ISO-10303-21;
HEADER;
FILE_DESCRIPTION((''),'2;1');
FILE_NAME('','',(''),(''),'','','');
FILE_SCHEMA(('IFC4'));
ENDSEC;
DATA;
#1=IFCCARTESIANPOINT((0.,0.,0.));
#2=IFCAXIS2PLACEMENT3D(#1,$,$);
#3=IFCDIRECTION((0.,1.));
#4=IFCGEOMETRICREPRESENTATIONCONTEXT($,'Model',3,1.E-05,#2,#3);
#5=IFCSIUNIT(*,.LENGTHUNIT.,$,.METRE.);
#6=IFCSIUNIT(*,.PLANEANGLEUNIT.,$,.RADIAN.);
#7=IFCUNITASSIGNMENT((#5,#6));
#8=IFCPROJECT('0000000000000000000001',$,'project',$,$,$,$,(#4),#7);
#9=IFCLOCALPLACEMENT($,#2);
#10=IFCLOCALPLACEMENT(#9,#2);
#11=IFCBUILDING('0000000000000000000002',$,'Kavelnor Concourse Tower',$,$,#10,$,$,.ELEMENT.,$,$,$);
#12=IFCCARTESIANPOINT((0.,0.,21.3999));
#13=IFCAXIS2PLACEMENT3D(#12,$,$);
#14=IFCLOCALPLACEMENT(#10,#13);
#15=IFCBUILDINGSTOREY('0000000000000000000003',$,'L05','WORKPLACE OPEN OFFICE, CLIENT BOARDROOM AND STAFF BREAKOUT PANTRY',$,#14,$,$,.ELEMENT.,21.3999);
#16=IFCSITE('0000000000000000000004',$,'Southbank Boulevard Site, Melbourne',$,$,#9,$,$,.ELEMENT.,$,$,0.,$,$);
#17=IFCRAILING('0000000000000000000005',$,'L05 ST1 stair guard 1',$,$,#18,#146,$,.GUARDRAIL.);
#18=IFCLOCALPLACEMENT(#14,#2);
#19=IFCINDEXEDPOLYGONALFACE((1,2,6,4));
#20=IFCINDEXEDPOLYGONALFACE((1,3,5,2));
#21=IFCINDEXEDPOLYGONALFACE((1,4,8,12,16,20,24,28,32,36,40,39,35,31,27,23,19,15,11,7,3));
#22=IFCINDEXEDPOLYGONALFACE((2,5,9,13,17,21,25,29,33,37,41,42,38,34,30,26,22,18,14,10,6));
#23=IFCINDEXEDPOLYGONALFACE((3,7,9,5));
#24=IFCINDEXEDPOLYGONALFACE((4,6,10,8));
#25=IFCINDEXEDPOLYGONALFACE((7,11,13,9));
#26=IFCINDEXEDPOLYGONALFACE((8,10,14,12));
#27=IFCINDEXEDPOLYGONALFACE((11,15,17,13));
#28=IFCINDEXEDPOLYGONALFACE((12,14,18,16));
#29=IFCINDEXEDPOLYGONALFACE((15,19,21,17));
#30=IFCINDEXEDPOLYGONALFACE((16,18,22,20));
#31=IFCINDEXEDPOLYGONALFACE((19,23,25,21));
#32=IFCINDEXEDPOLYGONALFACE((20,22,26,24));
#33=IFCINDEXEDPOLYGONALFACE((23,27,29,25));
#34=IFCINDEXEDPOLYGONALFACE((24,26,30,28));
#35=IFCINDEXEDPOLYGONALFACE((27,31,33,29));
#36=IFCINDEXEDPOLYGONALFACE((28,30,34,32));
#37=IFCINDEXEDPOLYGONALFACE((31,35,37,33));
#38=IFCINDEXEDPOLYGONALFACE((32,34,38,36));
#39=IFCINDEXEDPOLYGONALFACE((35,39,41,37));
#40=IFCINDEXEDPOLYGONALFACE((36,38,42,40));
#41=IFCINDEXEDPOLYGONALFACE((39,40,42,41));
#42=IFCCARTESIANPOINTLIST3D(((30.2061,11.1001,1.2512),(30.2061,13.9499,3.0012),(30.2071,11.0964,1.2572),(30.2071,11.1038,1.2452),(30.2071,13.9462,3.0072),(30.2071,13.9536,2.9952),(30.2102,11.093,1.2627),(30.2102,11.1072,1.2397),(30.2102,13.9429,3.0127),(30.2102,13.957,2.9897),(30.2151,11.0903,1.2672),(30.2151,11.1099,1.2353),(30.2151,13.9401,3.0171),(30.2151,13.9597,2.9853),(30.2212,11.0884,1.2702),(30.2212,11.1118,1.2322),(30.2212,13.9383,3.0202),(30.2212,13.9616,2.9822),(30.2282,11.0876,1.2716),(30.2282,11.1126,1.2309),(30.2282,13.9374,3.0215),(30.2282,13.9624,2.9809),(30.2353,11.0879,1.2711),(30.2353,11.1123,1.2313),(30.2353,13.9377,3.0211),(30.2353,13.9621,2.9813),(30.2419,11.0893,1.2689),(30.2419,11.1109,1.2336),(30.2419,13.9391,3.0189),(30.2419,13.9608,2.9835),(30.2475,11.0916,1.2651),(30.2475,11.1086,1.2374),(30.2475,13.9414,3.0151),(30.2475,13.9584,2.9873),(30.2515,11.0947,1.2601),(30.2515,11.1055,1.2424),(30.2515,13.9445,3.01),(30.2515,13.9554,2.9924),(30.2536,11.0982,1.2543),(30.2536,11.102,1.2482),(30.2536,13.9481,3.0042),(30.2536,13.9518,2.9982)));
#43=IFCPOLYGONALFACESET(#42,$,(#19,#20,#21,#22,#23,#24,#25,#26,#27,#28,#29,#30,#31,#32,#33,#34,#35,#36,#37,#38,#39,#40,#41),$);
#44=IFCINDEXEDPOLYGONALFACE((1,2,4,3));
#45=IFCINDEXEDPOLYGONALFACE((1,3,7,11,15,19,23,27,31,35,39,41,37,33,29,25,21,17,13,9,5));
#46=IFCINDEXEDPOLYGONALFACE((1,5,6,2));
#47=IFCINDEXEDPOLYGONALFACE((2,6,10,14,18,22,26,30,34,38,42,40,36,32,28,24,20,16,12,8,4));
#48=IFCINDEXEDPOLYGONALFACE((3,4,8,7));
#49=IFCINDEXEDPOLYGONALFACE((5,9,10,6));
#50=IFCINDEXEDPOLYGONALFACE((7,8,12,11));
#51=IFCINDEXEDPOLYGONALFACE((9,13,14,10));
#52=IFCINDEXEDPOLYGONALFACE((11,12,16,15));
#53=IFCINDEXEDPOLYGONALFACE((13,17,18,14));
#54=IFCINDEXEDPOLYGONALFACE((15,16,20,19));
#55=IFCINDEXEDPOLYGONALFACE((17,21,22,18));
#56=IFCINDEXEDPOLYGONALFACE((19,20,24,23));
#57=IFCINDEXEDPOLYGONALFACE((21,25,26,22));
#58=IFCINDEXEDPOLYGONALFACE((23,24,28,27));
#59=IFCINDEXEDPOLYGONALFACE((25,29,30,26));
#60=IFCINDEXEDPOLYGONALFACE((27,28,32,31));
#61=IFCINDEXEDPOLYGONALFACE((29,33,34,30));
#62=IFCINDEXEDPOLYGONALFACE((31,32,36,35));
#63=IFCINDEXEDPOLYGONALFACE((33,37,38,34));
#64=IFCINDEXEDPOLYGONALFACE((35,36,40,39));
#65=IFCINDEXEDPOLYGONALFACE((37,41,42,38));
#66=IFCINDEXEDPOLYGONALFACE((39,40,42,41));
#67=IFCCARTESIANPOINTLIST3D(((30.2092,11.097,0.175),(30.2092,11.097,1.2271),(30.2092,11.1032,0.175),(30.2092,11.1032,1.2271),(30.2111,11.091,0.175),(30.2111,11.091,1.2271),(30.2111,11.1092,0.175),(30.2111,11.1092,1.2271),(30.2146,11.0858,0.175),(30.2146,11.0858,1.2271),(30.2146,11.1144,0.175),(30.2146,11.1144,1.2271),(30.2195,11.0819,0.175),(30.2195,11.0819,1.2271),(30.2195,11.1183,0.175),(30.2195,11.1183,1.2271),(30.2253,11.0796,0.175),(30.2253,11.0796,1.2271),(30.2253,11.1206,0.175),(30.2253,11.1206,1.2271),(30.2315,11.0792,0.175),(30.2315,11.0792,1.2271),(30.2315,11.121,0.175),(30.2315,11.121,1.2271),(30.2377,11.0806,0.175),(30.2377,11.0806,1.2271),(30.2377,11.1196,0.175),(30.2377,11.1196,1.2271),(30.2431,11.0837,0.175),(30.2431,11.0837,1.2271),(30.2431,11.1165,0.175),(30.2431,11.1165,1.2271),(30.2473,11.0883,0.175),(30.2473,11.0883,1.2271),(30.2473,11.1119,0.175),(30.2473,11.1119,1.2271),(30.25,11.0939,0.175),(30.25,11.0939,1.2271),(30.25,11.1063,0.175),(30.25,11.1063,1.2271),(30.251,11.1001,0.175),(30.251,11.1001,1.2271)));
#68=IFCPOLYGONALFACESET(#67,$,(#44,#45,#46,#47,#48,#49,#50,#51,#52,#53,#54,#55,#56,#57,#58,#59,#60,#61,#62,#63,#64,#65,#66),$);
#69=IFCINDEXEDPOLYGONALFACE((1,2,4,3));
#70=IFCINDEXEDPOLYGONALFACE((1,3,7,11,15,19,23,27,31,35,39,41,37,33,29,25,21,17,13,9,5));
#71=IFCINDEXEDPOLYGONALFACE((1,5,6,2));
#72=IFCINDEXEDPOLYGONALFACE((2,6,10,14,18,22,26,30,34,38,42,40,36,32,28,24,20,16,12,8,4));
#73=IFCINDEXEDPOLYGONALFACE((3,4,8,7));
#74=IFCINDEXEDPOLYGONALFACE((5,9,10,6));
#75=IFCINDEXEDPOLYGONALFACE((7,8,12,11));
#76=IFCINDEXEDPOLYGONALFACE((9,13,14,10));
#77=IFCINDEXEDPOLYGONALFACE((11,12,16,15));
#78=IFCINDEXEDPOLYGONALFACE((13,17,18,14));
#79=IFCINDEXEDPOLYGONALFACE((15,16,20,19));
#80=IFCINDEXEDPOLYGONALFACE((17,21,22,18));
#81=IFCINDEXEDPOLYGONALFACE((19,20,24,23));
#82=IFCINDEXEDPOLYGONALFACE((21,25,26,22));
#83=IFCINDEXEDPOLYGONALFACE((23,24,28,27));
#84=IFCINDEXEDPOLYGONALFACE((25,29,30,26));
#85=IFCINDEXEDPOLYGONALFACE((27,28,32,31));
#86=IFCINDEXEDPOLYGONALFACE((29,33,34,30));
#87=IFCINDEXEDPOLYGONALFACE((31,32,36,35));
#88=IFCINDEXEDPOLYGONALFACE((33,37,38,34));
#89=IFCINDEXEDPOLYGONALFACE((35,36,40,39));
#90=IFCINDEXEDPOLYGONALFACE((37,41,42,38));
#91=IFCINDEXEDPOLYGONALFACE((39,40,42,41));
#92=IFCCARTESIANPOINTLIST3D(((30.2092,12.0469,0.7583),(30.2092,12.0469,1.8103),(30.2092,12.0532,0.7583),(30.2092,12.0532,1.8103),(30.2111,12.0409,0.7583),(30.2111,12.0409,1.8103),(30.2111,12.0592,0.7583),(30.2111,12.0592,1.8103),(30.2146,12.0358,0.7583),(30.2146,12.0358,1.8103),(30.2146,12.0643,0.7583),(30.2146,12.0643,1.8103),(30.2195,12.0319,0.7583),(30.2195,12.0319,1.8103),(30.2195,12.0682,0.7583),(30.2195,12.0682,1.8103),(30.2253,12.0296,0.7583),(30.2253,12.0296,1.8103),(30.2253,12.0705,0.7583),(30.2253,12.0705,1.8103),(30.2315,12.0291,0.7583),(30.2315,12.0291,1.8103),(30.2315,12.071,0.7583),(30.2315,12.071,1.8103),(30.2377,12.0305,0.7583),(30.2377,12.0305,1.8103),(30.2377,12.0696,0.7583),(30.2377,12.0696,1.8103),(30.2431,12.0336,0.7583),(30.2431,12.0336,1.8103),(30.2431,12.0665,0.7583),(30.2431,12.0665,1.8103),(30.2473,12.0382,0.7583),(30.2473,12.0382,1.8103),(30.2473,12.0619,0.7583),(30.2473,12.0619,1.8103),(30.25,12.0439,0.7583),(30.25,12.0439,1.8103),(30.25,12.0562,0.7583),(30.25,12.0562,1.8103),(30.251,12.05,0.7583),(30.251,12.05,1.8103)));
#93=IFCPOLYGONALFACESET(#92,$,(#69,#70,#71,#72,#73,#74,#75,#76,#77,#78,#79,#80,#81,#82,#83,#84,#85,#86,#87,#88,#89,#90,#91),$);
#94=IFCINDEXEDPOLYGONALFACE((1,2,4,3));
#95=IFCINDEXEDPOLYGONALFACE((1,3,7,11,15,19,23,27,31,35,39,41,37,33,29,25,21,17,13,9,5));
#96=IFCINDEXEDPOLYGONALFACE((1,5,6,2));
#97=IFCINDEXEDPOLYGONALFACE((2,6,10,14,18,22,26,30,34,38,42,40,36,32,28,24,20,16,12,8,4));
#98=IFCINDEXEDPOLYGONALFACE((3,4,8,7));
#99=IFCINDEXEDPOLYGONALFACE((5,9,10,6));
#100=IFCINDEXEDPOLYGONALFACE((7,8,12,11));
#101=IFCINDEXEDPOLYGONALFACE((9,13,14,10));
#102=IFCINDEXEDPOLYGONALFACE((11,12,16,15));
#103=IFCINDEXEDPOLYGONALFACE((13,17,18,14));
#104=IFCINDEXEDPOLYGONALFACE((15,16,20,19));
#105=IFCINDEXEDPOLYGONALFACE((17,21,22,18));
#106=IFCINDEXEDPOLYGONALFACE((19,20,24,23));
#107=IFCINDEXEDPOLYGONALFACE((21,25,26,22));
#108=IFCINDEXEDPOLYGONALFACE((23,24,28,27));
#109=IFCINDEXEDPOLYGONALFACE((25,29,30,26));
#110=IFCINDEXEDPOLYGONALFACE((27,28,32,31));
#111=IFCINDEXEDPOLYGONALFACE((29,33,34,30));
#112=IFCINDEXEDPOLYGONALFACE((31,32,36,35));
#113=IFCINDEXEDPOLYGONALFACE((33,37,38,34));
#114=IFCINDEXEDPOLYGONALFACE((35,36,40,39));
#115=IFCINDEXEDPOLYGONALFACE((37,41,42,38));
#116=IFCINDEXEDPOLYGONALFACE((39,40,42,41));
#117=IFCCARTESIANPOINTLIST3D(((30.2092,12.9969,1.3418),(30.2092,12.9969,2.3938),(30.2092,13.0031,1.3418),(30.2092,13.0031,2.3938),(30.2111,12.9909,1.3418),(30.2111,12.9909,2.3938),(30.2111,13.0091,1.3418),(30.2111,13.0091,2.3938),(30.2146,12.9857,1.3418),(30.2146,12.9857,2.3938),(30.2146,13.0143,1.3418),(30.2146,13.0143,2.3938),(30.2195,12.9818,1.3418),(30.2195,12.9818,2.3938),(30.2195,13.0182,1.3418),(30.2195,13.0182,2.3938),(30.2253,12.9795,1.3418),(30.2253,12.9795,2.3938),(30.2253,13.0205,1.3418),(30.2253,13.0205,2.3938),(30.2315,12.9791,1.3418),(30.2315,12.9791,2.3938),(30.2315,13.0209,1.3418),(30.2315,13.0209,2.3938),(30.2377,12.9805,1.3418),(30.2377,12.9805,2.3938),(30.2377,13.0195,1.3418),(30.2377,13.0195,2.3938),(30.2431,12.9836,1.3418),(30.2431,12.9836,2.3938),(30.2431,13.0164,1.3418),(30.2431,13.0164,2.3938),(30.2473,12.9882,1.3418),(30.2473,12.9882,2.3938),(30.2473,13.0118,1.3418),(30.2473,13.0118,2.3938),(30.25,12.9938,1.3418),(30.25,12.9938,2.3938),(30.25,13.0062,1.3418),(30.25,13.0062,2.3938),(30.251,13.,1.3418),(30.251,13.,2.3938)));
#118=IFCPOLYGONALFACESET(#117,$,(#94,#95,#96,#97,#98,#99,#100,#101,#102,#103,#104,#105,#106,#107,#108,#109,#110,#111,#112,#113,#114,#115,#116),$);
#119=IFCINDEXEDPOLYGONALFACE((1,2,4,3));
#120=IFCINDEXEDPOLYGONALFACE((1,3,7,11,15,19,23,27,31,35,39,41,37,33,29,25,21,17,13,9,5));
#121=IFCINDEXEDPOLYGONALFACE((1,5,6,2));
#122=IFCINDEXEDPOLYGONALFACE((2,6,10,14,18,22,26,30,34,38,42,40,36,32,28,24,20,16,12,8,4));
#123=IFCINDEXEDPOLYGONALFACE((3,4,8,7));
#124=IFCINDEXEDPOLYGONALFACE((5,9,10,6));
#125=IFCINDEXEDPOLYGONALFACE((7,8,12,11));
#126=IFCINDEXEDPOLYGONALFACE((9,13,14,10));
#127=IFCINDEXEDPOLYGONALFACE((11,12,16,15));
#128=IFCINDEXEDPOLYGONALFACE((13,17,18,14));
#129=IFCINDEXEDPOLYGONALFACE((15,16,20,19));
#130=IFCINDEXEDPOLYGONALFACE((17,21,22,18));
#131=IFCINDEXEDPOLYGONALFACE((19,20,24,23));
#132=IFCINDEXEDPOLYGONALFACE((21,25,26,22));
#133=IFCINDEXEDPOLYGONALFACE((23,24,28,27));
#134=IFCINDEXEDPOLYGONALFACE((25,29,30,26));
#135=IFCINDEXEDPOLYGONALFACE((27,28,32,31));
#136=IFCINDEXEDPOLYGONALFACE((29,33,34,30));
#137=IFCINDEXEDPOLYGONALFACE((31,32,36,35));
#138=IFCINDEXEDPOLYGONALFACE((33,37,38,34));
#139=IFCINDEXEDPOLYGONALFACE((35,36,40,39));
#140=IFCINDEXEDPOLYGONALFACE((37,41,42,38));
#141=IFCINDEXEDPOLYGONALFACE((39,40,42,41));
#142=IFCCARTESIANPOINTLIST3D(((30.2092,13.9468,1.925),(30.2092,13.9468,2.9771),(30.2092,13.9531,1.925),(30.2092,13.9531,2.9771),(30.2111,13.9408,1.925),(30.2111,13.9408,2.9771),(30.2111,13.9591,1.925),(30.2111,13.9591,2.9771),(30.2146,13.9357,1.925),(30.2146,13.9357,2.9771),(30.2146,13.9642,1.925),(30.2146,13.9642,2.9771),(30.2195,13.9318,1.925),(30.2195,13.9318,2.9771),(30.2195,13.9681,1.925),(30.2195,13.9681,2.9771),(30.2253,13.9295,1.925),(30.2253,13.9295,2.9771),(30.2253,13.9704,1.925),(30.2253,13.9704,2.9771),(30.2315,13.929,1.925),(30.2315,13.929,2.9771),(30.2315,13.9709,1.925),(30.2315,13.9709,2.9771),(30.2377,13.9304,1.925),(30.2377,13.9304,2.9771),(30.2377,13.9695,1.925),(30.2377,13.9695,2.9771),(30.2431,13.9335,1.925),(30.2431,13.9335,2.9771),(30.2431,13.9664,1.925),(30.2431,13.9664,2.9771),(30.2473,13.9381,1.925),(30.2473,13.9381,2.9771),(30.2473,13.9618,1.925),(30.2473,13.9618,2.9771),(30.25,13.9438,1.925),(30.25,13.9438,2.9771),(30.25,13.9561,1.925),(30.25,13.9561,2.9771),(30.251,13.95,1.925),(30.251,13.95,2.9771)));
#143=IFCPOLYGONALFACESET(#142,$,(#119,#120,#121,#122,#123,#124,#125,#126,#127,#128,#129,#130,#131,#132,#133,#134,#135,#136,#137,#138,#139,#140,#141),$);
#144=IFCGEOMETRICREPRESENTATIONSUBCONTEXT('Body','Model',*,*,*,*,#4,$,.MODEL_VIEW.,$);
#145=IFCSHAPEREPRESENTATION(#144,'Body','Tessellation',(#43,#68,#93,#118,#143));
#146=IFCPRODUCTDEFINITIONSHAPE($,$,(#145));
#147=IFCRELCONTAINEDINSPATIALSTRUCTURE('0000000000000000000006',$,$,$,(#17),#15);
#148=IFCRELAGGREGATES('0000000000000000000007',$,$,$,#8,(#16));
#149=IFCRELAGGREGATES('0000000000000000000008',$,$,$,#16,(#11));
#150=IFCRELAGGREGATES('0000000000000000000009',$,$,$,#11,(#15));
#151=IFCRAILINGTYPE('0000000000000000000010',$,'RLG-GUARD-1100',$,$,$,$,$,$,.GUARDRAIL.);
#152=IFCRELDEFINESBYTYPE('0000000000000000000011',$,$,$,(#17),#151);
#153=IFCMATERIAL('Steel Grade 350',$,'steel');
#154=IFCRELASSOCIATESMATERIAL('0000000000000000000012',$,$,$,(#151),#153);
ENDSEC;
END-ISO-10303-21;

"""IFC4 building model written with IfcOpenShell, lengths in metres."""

from ifc_helpers import new_model, si_unit, direction, frame, origin, origin_2d, place, context, subcontext, project, spatial, circle, extrude, material, type_object, element, save


model = new_model("IFC4")

# Units and contexts
model_context = context("Model", 3, precision=1e-05, world=origin(), true_north=direction((0.0, 1.0)))
body_context = subcontext(model_context, "Body", "Model", "MODEL_VIEW")
ifc_project = project(units=[si_unit("LENGTHUNIT", "METRE"), si_unit("PLANEANGLEUNIT", "RADIAN")], contexts=[model_context])

# Site, building, storey
site_placement = place(None, origin())
site = spatial("IfcSite", under=ifc_project, at=site_placement, Name="Southbank Boulevard Site, Melbourne", CompositionType="ELEMENT", RefElevation=0.0)
building_placement = place(site_placement, origin())
building = spatial("IfcBuilding", under=site, at=building_placement, Name="Kavelnor Concourse Tower", CompositionType="ELEMENT")
storey_placement = place(building_placement, frame((0.0, 0.0, 21.3999)))
storey = spatial("IfcBuildingStorey", under=building, at=storey_placement, Name="L05", Description="WORKPLACE OPEN OFFICE, CLIENT BOARDROOM AND STAFF BREAKOUT PANTRY", CompositionType="ELEMENT", Elevation=21.3999)

# Shared definitions
ifc_material_1 = material(Name="Steel Grade 350", Category="steel")

# Railing
railing_type_1 = type_object("IfcRailingType", Name="RLG-GUARD-1100", PredefinedType="GUARDRAIL", material=ifc_material_1)
railing_1_placement = place(storey_placement, frame((30.23, 11.1001, 0.175)))
element("IfcRailing", 1, at=railing_1_placement, inside=storey, type_object=railing_type_1, Name="L05 ST1 stair guard 1", PredefinedType="GUARDRAIL", context=body_context, shape_type="SweptSolid", body=[
    extrude(circle(Radius=0.0239, at=origin_2d()), frame((0.0, 0.0, 1.0762), z_axis=(0.0, 0.852159, 0.523283), x_axis=(-1.0, 0.0, 0.0)), (0.0, 0.0, 1.0), 3.3442),
    extrude(circle(Radius=0.021, at=origin_2d()), origin(), (0.0, 0.0, 1.0), 1.052),
    extrude(circle(Radius=0.021, at=origin_2d()), frame((0.0, 0.95, 0.5833)), (0.0, 0.0, 1.0), 1.052),
    extrude(circle(Radius=0.021, at=origin_2d()), frame((0.0, 1.8999, 1.1667)), (0.0, 0.0, 1.0), 1.052),
    extrude(circle(Radius=0.021, at=origin_2d()), frame((0.0, 2.8499, 1.75)), (0.0, 0.0, 1.0), 1.052),
])

save(model, "model.ifc")
